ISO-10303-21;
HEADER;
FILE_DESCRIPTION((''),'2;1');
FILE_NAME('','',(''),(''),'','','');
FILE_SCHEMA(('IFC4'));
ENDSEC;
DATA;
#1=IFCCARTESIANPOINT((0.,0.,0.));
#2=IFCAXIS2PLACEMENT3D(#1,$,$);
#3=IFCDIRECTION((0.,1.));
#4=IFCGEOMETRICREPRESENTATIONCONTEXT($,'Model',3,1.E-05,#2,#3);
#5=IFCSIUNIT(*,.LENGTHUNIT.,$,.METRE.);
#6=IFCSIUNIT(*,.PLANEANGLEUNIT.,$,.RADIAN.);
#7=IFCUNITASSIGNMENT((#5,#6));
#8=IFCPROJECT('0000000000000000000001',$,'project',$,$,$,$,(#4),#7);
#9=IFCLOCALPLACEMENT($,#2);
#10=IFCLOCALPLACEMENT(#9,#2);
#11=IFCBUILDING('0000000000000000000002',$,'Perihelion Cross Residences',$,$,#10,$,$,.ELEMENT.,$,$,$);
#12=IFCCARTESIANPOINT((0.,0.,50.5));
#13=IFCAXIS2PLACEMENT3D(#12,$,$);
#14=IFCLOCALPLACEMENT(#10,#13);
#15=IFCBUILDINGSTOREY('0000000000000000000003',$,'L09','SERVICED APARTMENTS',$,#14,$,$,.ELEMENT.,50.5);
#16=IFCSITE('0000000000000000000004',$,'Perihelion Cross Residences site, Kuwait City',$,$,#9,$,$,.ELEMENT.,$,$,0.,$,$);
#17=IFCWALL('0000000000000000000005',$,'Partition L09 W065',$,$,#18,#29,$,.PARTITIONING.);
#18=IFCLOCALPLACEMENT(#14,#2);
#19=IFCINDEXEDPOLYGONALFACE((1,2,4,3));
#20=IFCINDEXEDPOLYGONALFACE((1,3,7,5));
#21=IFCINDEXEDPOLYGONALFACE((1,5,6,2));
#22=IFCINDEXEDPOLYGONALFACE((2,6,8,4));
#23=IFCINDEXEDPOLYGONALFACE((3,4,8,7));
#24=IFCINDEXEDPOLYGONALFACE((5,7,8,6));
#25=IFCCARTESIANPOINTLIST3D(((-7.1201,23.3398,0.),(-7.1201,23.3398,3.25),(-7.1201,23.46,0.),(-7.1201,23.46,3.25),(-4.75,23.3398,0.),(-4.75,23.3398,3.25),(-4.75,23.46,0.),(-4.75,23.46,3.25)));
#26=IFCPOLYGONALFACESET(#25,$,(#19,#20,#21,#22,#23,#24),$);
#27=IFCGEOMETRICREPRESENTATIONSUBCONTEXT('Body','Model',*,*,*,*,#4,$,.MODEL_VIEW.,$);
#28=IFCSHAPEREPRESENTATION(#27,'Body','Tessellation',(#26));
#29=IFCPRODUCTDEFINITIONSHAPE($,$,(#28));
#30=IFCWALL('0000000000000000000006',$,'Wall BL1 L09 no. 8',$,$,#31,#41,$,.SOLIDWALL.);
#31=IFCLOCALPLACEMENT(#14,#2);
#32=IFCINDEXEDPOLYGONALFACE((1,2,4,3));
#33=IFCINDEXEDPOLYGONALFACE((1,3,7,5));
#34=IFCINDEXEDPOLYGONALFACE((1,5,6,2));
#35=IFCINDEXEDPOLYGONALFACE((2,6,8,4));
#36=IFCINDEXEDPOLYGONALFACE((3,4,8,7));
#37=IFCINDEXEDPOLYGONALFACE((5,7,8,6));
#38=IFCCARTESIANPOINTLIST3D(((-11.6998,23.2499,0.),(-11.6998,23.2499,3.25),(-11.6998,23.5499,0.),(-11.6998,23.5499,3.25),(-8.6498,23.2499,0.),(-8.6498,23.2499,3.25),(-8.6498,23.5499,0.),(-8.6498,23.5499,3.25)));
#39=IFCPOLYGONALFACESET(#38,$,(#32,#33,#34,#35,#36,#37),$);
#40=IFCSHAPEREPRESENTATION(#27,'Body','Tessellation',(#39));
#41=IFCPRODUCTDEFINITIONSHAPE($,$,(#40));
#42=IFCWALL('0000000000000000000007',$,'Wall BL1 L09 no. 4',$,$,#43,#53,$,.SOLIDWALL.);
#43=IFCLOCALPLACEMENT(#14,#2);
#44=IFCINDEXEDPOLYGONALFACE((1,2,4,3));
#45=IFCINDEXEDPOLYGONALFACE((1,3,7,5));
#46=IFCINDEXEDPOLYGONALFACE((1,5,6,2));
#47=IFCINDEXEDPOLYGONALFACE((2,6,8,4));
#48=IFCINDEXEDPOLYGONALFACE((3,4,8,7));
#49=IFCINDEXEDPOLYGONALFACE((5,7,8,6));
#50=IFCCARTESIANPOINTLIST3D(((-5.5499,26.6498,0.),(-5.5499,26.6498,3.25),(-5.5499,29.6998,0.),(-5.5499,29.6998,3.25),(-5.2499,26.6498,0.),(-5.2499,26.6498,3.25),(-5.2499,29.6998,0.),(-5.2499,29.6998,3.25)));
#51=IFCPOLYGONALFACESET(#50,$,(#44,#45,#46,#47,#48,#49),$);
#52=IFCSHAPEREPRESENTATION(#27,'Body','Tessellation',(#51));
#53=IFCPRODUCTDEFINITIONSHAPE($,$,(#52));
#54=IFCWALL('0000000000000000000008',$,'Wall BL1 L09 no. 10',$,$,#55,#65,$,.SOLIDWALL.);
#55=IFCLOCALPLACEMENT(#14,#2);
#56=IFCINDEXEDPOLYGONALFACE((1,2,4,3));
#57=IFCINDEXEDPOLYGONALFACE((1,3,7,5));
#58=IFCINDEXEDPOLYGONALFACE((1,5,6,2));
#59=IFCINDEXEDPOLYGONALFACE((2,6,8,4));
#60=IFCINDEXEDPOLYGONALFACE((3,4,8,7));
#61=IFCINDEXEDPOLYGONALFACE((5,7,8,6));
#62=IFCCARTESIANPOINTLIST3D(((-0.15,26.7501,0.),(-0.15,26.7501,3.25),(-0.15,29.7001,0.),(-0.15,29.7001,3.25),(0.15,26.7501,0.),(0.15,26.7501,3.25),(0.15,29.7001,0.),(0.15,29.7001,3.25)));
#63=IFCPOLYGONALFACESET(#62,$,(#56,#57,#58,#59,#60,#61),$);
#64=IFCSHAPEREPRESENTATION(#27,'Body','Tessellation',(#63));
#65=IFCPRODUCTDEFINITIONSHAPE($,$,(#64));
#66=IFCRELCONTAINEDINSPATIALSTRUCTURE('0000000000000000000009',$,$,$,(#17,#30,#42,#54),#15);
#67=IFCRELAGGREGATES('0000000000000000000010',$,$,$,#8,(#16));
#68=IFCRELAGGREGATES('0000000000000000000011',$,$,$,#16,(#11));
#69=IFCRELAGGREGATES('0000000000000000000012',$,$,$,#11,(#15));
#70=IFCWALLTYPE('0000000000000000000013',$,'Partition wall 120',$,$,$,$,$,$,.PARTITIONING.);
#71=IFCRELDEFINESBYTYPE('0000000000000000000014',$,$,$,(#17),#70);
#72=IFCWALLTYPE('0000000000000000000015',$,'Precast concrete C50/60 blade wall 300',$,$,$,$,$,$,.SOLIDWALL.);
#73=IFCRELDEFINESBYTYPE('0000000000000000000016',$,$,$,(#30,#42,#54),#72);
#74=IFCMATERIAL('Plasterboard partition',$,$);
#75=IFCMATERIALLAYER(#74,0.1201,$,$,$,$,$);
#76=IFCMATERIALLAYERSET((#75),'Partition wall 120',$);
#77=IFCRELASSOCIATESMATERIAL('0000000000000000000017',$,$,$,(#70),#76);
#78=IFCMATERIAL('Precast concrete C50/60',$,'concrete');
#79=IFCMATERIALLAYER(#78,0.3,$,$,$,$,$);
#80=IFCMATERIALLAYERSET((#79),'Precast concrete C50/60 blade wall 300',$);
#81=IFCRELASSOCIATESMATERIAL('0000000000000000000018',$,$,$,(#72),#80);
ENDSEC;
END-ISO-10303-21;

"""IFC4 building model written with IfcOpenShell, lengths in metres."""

from ifc_helpers import new_model, si_unit, direction, frame, frame_2d, origin, place, context, subcontext, project, spatial, rectangle, extrude, material, layer, layer_set, type_object, element, save


model = new_model("IFC4")

# Units and contexts
model_context = context("Model", 3, precision=1e-05, world=origin(), true_north=direction((0.0, 1.0)))
body_context = subcontext(model_context, "Body", "Model", "MODEL_VIEW")
ifc_project = project(units=[si_unit("LENGTHUNIT", "METRE"), si_unit("PLANEANGLEUNIT", "RADIAN")], contexts=[model_context])

# Site, building, storey
site_placement = place(None, origin())
site = spatial("IfcSite", under=ifc_project, at=site_placement, Name="Perihelion Cross Residences site, Kuwait City", CompositionType="ELEMENT", RefElevation=0.0)
building_placement = place(site_placement, origin())
building = spatial("IfcBuilding", under=site, at=building_placement, Name="Perihelion Cross Residences", CompositionType="ELEMENT")
storey_placement = place(building_placement, frame((0.0, 0.0, 50.5)))
storey = spatial("IfcBuildingStorey", under=building, at=storey_placement, Name="L09", Description="SERVICED APARTMENTS", CompositionType="ELEMENT", Elevation=50.5)

# Shared definitions
ifc_material_1 = material(Name="Plasterboard partition")
ifc_layer_1 = layer(ifc_material_1, 0.1201)
ifc_layer_set_1 = layer_set([ifc_layer_1], Name="Partition wall 120")
wall_type_1 = type_object("IfcWallType", Name="Partition wall 120", PredefinedType="PARTITIONING", material=ifc_layer_set_1)

# Walls
wall_1_placement = place(storey_placement, frame((-7.1201, 23.3999, 0.0), z_axis=(0.0, 0.0, 1.0), x_axis=(1.0, 0.0, 0.0)))
element("IfcWall", 1, at=wall_1_placement, inside=storey, type_object=wall_type_1, Name="Partition L09 W065", PredefinedType="PARTITIONING", context=body_context, shape_type="SweptSolid", body=[
    extrude(rectangle(XDim=2.3701, YDim=0.1201, at=frame_2d((1.1851, 0.0))), origin(), (0.0, 0.0, 1.0), 3.25),
])
ifc_material_2 = material(Name="Precast concrete C50/60", Category="concrete")
ifc_layer_2 = layer(ifc_material_2, 0.3)
ifc_layer_set_2 = layer_set([ifc_layer_2], Name="Precast concrete C50/60 blade wall 300")
wall_type_2 = type_object("IfcWallType", Name="Precast concrete C50/60 blade wall 300", PredefinedType="SOLIDWALL", material=ifc_layer_set_2)
for number, where, z_axis, x_axis, name in (
    (2, (-8.6499, 23.3999, 0.0), (0.0, 0.0, 1.0), (-1.0, 0.0, 0.0), "Wall BL1 L09 no. 8"),
    (3, (-5.3999, 26.6499, 0.0), (0.0, 0.0, 1.0), (0.0, 1.0, 0.0), "Wall BL1 L09 no. 4"),
):
    element("IfcWall", number, at=place(storey_placement, frame(where, z_axis=z_axis, x_axis=x_axis)), inside=storey, type_object=wall_type_2, Name=name, PredefinedType="SOLIDWALL", context=body_context, shape_type="SweptSolid", body=[
        extrude(rectangle(XDim=3.05, YDim=0.3, at=frame_2d((1.5249, 0.0))), origin(), (0.0, 0.0, 1.0), 3.25),
    ])
wall_2_placement = place(storey_placement, frame((0.0, 26.75, 0.0), z_axis=(0.0, 0.0, 1.0), x_axis=(0.0, 1.0, 0.0)))
element("IfcWall", 4, at=wall_2_placement, inside=storey, type_object=wall_type_2, Name="Wall BL1 L09 no. 10", PredefinedType="SOLIDWALL", context=body_context, shape_type="SweptSolid", body=[
    extrude(rectangle(XDim=2.95, YDim=0.3, at=frame_2d((1.4751, 0.0))), origin(), (0.0, 0.0, 1.0), 3.25),
])

save(model, "model.ifc")
